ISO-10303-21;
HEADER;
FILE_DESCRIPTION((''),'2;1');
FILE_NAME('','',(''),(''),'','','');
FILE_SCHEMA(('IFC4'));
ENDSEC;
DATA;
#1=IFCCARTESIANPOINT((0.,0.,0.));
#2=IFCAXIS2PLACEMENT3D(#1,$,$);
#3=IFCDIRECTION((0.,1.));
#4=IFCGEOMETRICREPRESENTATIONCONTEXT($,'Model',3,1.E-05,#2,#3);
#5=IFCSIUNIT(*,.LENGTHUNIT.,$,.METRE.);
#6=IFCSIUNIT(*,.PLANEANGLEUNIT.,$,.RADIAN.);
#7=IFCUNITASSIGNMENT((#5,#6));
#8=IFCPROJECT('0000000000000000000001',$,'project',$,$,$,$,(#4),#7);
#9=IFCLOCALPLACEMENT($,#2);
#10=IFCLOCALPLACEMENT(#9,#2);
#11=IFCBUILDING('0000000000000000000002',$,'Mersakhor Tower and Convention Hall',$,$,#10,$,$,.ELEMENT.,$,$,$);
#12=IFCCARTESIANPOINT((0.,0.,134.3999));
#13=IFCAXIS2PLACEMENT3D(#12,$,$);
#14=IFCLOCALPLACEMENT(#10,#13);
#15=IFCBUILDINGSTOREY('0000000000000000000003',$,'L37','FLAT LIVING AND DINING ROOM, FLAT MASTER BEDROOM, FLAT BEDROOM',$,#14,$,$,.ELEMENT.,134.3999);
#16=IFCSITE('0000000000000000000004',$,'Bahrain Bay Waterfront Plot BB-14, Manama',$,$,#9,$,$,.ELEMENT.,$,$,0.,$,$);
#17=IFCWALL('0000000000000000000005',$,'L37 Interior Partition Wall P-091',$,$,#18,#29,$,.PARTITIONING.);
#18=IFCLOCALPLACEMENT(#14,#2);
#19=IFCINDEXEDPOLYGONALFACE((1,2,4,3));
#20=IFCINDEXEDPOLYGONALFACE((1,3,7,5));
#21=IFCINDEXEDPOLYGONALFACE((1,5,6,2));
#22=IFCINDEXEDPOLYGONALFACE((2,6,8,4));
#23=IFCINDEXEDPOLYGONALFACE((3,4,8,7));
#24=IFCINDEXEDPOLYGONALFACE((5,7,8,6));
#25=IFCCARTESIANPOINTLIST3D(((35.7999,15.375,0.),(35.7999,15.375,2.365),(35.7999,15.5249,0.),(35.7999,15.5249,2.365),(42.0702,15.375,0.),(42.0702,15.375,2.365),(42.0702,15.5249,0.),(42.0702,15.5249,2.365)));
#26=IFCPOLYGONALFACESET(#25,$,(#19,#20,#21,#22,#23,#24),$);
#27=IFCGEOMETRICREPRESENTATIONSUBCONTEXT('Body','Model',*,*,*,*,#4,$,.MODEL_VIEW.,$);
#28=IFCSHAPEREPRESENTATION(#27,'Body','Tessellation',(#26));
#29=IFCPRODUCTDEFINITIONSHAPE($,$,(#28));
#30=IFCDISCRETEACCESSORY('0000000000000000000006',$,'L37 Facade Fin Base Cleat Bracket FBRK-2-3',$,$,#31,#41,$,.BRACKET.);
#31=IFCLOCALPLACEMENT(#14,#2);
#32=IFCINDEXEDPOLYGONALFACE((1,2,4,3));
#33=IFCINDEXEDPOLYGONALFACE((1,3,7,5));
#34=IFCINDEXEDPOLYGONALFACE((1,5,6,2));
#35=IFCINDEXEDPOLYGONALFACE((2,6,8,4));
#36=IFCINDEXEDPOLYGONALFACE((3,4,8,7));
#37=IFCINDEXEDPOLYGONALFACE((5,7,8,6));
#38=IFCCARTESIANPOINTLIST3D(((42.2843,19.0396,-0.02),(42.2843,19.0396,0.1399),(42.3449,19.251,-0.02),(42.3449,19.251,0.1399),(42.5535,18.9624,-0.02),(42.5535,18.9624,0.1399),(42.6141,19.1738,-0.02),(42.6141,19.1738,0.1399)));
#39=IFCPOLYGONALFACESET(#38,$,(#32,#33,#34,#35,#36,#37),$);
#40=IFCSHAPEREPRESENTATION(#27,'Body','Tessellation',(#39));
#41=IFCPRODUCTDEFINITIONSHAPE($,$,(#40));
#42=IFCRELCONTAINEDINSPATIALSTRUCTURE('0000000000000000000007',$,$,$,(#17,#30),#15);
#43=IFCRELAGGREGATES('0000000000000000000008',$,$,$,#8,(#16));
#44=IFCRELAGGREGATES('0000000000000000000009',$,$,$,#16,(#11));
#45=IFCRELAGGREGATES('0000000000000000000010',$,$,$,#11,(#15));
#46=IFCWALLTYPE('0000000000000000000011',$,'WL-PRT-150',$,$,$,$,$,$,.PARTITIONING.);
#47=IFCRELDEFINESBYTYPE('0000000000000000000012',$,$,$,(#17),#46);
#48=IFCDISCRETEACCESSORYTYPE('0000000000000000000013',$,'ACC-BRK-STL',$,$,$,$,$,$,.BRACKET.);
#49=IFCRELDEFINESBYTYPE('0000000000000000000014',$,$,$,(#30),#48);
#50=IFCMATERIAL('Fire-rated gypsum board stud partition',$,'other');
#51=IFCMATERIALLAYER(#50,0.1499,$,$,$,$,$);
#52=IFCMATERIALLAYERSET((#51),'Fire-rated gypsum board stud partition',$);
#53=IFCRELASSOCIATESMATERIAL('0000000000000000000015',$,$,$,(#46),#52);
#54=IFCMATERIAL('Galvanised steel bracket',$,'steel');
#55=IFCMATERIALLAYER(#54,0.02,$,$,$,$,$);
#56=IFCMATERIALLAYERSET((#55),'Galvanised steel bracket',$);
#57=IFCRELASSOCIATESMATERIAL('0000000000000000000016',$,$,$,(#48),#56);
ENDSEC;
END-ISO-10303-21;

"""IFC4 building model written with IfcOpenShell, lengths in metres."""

from ifc_helpers import new_model, si_unit, direction, frame, frame_2d, origin, origin_2d, place, context, subcontext, project, spatial, rectangle, extrude, material, layer, layer_set, type_object, element, save


model = new_model("IFC4")

# Units and contexts
model_context = context("Model", 3, precision=1e-05, world=origin(), true_north=direction((0.0, 1.0)))
body_context = subcontext(model_context, "Body", "Model", "MODEL_VIEW")
ifc_project = project(units=[si_unit("LENGTHUNIT", "METRE"), si_unit("PLANEANGLEUNIT", "RADIAN")], contexts=[model_context])

# Site, building, storey
site_placement = place(None, origin())
site = spatial("IfcSite", under=ifc_project, at=site_placement, Name="Bahrain Bay Waterfront Plot BB-14, Manama", CompositionType="ELEMENT", RefElevation=0.0)
building_placement = place(site_placement, origin())
building = spatial("IfcBuilding", under=site, at=building_placement, Name="Mersakhor Tower and Convention Hall", CompositionType="ELEMENT")
storey_placement = place(building_placement, frame((0.0, 0.0, 134.3999)))
storey = spatial("IfcBuildingStorey", under=building, at=storey_placement, Name="L37", Description="FLAT LIVING AND DINING ROOM, FLAT MASTER BEDROOM, FLAT BEDROOM", CompositionType="ELEMENT", Elevation=134.3999)

# Shared definitions
ifc_material_1 = material(Name="Fire-rated gypsum board stud partition", Category="other")
ifc_layer_1 = layer(ifc_material_1, 0.1499)
ifc_layer_set_1 = layer_set([ifc_layer_1], Name="Fire-rated gypsum board stud partition")
wall_type_1 = type_object("IfcWallType", Name="WL-PRT-150", PredefinedType="PARTITIONING", material=ifc_layer_set_1)

# Wall
wall_1_placement = place(storey_placement, frame((42.0703, 15.45, 0.0), z_axis=(0.0, 0.0, 1.0), x_axis=(-1.0, 0.0, 0.0)))
element("IfcWall", 1, at=wall_1_placement, inside=storey, type_object=wall_type_1, Name="L37 Interior Partition Wall P-091", PredefinedType="PARTITIONING", context=body_context, shape_type="SweptSolid", body=[
    extrude(rectangle(XDim=6.2703, YDim=0.1499, at=frame_2d((3.1353, 0.0))), origin(), (0.0, 0.0, 1.0), 2.365),
])

# Discrete accessory
ifc_material_2 = material(Name="Galvanised steel bracket", Category="steel")
ifc_layer_2 = layer(ifc_material_2, 0.02)
ifc_layer_set_2 = layer_set([ifc_layer_2], Name="Galvanised steel bracket")
discrete_accessory_type = type_object("IfcDiscreteAccessoryType", Name="ACC-BRK-STL", PredefinedType="BRACKET", material=ifc_layer_set_2)
discrete_accessory_placement = place(storey_placement, frame((42.4492, 19.1067, -0.02), z_axis=(0.0, 0.0, 1.0), x_axis=(0.961262, -0.275637, 0.0)))
element("IfcDiscreteAccessory", 2, at=discrete_accessory_placement, inside=storey, type_object=discrete_accessory_type, Name="L37 Facade Fin Base Cleat Bracket FBRK-2-3", PredefinedType="BRACKET", context=body_context, shape_type="SweptSolid", body=[
    extrude(rectangle(XDim=0.28, YDim=0.22, at=origin_2d()), origin(), (0.0, 0.0, 1.0), 0.1599),
])

save(model, "model.ifc")
